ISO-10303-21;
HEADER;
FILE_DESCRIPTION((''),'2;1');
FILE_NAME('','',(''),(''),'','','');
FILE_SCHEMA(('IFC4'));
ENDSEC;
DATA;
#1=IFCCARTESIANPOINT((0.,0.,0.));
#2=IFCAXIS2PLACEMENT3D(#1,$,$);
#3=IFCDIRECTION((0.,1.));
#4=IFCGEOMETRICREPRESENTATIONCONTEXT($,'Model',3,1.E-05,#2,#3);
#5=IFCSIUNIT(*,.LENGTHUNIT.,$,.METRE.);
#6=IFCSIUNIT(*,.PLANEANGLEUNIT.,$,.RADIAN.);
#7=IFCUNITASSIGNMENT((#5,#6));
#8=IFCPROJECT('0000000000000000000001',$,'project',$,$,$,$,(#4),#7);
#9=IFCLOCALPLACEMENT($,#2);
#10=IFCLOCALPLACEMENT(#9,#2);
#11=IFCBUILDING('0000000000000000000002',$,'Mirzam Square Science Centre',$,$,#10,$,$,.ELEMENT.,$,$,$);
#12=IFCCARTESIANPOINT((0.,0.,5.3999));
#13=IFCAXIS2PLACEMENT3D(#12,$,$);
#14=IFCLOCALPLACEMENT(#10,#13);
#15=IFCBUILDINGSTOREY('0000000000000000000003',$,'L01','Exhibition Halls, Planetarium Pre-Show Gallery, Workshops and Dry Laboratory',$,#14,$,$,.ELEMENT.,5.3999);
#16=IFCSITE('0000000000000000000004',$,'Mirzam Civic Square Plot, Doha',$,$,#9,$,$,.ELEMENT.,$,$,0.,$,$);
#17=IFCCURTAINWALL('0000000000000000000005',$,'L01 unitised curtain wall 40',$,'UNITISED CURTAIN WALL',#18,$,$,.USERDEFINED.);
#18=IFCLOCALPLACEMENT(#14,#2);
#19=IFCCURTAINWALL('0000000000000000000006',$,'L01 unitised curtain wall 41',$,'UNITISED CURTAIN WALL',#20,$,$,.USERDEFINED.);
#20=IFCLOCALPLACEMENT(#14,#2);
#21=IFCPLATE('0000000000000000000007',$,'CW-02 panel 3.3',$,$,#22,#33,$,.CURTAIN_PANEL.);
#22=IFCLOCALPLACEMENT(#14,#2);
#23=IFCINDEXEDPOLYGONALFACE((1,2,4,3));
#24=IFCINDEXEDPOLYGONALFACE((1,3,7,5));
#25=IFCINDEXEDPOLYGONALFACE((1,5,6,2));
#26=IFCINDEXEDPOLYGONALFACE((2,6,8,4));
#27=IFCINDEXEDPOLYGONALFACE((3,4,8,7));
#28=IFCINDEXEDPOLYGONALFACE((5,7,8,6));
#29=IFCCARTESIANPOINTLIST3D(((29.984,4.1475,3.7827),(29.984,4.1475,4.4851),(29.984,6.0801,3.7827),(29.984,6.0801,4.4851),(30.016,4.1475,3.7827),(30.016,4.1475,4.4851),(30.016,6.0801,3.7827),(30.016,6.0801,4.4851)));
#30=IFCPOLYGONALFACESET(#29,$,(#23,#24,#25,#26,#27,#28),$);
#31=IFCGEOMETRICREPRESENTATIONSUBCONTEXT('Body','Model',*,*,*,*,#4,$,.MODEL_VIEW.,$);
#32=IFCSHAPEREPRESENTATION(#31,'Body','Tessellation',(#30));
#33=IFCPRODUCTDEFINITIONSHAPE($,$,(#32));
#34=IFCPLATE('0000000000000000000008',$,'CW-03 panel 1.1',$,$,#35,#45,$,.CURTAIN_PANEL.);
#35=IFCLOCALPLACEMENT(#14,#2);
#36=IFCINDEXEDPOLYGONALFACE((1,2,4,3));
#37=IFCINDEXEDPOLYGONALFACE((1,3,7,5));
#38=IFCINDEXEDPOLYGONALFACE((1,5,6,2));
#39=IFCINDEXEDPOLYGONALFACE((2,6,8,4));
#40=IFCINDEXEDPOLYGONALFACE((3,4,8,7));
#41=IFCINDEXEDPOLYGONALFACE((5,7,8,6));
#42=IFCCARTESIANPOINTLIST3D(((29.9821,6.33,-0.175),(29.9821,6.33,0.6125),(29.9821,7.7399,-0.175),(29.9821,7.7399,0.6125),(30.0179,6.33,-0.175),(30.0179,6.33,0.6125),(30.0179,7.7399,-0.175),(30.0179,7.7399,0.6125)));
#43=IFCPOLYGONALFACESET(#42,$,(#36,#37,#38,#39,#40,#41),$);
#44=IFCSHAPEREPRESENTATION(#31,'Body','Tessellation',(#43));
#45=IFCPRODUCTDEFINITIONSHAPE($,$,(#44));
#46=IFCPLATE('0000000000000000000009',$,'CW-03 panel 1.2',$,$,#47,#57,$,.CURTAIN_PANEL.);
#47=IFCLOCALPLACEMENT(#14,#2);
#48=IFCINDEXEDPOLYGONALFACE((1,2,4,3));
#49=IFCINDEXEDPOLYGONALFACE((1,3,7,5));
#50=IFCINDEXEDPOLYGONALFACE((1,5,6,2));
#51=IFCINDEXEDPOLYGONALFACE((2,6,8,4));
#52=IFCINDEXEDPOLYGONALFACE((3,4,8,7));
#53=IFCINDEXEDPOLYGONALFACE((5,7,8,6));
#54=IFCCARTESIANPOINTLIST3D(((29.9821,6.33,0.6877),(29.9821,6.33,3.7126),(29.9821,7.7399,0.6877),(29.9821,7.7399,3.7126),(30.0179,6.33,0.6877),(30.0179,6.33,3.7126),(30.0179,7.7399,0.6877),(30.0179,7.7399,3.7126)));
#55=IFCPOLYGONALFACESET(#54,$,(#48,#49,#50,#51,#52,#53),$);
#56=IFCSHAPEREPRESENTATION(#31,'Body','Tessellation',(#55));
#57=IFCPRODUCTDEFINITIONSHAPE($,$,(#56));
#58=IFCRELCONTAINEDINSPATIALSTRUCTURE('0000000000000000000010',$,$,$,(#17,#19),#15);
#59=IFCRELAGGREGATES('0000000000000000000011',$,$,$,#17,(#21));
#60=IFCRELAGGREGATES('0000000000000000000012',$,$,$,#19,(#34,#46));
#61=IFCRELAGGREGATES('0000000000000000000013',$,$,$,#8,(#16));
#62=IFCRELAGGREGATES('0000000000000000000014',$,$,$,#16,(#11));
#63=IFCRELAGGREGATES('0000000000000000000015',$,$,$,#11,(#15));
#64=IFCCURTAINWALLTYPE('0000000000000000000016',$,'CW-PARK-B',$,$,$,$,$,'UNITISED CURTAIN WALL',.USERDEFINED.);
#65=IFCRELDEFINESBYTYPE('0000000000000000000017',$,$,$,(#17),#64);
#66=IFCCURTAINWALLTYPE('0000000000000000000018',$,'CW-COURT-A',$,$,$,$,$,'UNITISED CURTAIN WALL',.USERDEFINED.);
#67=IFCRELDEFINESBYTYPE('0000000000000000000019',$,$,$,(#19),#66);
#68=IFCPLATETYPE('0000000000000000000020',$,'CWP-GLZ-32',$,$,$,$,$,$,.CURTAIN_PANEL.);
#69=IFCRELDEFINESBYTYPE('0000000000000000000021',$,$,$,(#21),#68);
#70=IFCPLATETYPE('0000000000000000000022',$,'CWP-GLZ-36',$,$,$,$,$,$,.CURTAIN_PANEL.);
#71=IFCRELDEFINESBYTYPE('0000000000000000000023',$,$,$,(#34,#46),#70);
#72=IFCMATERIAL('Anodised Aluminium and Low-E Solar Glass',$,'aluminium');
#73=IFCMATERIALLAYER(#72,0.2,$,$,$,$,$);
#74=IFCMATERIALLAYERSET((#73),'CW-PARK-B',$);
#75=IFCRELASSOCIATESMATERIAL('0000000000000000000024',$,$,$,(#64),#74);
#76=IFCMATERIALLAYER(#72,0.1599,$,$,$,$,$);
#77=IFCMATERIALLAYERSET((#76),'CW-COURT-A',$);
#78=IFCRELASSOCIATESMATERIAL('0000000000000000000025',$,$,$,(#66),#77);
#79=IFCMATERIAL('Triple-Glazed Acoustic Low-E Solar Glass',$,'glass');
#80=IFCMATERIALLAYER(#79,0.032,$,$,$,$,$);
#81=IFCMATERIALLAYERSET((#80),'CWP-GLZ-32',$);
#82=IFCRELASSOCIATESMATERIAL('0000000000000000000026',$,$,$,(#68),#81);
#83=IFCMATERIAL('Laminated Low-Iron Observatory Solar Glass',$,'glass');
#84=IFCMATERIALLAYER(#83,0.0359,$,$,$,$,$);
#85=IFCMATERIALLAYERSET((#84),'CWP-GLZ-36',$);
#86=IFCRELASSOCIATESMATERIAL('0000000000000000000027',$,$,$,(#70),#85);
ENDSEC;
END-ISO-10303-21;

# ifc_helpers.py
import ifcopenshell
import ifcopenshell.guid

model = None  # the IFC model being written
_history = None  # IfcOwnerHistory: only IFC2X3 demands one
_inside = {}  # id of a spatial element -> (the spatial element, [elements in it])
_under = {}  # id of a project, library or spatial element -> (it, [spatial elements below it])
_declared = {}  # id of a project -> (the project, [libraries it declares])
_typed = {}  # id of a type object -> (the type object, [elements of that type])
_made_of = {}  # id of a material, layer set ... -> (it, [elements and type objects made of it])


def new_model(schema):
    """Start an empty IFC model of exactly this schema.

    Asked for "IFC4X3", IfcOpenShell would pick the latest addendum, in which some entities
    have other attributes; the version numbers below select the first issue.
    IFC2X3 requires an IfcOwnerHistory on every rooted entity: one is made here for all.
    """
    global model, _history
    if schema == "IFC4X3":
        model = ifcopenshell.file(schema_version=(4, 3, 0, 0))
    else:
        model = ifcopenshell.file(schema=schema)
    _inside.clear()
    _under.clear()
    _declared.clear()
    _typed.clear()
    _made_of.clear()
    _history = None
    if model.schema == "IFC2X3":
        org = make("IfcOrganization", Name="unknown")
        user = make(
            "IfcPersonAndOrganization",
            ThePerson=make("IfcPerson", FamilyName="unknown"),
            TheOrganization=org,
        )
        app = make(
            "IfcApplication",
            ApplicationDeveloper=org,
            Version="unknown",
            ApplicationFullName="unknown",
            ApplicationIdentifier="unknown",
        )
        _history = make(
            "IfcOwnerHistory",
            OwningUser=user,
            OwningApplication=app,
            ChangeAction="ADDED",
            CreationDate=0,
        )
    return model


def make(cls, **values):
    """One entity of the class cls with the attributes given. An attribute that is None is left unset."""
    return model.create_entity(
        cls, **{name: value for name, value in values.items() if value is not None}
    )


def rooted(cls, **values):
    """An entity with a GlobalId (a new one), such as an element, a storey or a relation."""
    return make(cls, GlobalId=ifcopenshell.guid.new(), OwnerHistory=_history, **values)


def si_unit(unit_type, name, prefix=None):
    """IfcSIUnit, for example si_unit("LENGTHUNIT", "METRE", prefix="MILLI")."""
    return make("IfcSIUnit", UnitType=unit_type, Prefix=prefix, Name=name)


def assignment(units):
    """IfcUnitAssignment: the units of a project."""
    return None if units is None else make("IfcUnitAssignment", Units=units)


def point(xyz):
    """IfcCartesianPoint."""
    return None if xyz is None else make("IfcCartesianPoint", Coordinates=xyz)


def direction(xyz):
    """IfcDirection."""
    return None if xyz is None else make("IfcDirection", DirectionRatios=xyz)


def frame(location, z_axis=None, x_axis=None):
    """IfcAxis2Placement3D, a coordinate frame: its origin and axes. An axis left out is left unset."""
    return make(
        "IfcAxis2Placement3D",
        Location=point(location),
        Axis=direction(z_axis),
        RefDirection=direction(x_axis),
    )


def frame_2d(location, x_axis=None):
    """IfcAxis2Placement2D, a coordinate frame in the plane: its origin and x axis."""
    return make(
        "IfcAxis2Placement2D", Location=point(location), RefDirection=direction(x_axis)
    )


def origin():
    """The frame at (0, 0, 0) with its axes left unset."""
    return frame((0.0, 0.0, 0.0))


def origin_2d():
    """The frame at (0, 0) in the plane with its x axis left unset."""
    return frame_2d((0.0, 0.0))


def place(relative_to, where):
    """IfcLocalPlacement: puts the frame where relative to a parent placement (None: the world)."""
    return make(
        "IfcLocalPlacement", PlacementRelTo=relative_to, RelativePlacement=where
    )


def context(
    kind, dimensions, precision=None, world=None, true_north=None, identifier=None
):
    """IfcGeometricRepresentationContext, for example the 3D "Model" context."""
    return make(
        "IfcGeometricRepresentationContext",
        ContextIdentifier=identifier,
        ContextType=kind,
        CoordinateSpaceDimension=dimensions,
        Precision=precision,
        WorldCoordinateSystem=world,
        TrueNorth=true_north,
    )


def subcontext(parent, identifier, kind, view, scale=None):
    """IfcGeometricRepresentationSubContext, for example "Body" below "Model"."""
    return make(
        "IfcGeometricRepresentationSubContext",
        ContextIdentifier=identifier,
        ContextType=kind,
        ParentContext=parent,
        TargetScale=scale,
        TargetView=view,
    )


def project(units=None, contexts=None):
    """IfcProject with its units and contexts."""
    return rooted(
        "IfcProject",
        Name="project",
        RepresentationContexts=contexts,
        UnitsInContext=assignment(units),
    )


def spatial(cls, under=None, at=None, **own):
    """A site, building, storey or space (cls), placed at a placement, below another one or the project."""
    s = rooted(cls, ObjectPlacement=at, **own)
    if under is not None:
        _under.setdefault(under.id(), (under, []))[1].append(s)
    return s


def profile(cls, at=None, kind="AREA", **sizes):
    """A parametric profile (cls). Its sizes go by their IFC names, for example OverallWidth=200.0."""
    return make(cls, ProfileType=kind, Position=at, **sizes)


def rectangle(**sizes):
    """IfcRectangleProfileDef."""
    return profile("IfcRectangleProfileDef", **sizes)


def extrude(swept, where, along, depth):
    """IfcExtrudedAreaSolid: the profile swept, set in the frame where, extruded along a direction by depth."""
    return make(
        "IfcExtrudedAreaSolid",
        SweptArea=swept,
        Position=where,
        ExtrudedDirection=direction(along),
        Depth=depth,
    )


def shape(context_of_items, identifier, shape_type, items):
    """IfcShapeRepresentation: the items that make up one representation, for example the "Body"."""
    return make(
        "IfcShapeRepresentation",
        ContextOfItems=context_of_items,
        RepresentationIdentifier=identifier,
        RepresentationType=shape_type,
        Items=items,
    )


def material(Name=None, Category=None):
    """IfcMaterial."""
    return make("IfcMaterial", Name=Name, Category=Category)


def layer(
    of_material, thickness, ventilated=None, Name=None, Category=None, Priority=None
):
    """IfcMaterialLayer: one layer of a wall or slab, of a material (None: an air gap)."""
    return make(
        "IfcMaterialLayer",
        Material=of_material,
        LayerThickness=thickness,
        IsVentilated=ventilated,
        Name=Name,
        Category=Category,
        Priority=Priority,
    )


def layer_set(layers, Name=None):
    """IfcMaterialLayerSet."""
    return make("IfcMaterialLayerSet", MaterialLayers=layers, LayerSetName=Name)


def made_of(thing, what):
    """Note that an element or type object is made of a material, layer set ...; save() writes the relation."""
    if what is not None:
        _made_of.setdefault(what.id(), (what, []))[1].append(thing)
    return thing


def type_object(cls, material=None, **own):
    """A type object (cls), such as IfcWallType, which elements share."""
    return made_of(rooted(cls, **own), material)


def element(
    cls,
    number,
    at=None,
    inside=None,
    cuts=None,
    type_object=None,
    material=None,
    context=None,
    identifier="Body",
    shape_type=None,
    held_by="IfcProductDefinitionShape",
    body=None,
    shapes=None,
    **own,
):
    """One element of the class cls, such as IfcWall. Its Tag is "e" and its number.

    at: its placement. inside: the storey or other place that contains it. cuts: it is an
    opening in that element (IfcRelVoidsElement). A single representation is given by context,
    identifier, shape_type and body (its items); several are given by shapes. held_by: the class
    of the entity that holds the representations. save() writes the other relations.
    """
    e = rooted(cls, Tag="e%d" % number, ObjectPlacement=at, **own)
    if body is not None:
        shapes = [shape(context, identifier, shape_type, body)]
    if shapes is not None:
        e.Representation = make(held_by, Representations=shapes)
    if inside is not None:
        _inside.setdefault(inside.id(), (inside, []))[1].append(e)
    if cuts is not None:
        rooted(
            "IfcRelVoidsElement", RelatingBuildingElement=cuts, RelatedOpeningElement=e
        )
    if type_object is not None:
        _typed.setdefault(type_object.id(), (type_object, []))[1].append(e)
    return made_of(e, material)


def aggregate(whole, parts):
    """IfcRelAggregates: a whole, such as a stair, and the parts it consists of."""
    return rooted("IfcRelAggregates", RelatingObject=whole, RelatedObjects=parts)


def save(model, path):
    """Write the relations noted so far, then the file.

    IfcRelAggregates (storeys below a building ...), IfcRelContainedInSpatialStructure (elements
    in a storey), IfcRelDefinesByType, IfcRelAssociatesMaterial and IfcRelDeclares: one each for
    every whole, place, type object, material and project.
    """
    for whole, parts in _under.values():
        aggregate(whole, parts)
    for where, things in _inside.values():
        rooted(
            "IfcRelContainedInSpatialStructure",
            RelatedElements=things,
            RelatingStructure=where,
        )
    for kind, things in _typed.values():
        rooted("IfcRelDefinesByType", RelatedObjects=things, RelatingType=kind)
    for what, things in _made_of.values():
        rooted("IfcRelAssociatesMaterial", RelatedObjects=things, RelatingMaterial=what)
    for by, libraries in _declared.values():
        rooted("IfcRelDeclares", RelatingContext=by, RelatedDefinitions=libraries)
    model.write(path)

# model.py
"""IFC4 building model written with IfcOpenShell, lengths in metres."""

from ifc_helpers import new_model, si_unit, direction, frame, origin, origin_2d, place, context, subcontext, project, spatial, rectangle, extrude, material, layer, layer_set, type_object, element, aggregate, save


model = new_model("IFC4")

# Units and contexts
model_context = context("Model", 3, precision=1e-05, world=origin(), true_north=direction((0.0, 1.0)))
body_context = subcontext(model_context, "Body", "Model", "MODEL_VIEW")
ifc_project = project(units=[si_unit("LENGTHUNIT", "METRE"), si_unit("PLANEANGLEUNIT", "RADIAN")], contexts=[model_context])

# Site, building, storey
site_placement = place(None, origin())
site = spatial("IfcSite", under=ifc_project, at=site_placement, Name="Mirzam Civic Square Plot, Doha", CompositionType="ELEMENT", RefElevation=0.0)
building_placement = place(site_placement, origin())
building = spatial("IfcBuilding", under=site, at=building_placement, Name="Mirzam Square Science Centre", CompositionType="ELEMENT")
storey_placement = place(building_placement, frame((0.0, 0.0, 5.3999)))
storey = spatial("IfcBuildingStorey", under=building, at=storey_placement, Name="L01", Description="Exhibition Halls, Planetarium Pre-Show Gallery, Workshops and Dry Laboratory", CompositionType="ELEMENT", Elevation=5.3999)

# Curtain wall
ifc_material_1 = material(Name="Anodised Aluminium and Low-E Solar Glass", Category="aluminium")
ifc_layer_1 = layer(ifc_material_1, 0.2)
ifc_layer_set_1 = layer_set([ifc_layer_1], Name="CW-PARK-B")
curtain_wall_type_1 = type_object("IfcCurtainWallType", Name="CW-PARK-B", ElementType="UNITISED CURTAIN WALL", PredefinedType="USERDEFINED", material=ifc_layer_set_1)
curtain_wall_1_placement = place(storey_placement, origin())
curtain_wall_1 = element("IfcCurtainWall", 1, at=curtain_wall_1_placement, inside=storey, type_object=curtain_wall_type_1, Name="L01 unitised curtain wall 40", ObjectType="UNITISED CURTAIN WALL", PredefinedType="USERDEFINED")

# Curtain wall
ifc_layer_2 = layer(ifc_material_1, 0.1599)
ifc_layer_set_2 = layer_set([ifc_layer_2], Name="CW-COURT-A")
curtain_wall_type_2 = type_object("IfcCurtainWallType", Name="CW-COURT-A", ElementType="UNITISED CURTAIN WALL", PredefinedType="USERDEFINED", material=ifc_layer_set_2)
curtain_wall_2_placement = place(storey_placement, origin())
curtain_wall_2 = element("IfcCurtainWall", 2, at=curtain_wall_2_placement, inside=storey, type_object=curtain_wall_type_2, Name="L01 unitised curtain wall 41", ObjectType="UNITISED CURTAIN WALL", PredefinedType="USERDEFINED")

# Plates
ifc_material_2 = material(Name="Triple-Glazed Acoustic Low-E Solar Glass", Category="glass")
ifc_layer_3 = layer(ifc_material_2, 0.032)
ifc_layer_set_3 = layer_set([ifc_layer_3], Name="CWP-GLZ-32")
plate_type_1 = type_object("IfcPlateType", Name="CWP-GLZ-32", PredefinedType="CURTAIN_PANEL", material=ifc_layer_set_3)
plate_1_placement = place(storey_placement, frame((30.0, 5.1138, 3.7827), z_axis=(0.0, 0.0, 1.0), x_axis=(0.0, 1.0, 0.0)))
plate_1 = element("IfcPlate", 3, at=plate_1_placement, type_object=plate_type_1, Name="CW-02 panel 3.3", PredefinedType="CURTAIN_PANEL", context=body_context, shape_type="SweptSolid", body=[
    extrude(rectangle(XDim=1.9326, YDim=0.032, at=origin_2d()), origin(), (0.0, 0.0, 1.0), 0.7024),
])
aggregate(curtain_wall_1, [plate_1])
ifc_material_3 = material(Name="Laminated Low-Iron Observatory Solar Glass", Category="glass")
ifc_layer_4 = layer(ifc_material_3, 0.0359)
ifc_layer_set_4 = layer_set([ifc_layer_4], Name="CWP-GLZ-36")
plate_type_2 = type_object("IfcPlateType", Name="CWP-GLZ-36", PredefinedType="CURTAIN_PANEL", material=ifc_layer_set_4)
plate_2_placement = place(storey_placement, frame((30.0, 7.0349, -0.175), z_axis=(0.0, 0.0, 1.0), x_axis=(0.0, 1.0, 0.0)))
plate_2 = element("IfcPlate", 4, at=plate_2_placement, type_object=plate_type_2, Name="CW-03 panel 1.1", PredefinedType="CURTAIN_PANEL", context=body_context, shape_type="SweptSolid", body=[
    extrude(rectangle(XDim=1.4099, YDim=0.0359, at=origin_2d()), origin(), (0.0, 0.0, 1.0), 0.7876),
])
plate_3_placement = place(storey_placement, frame((30.0, 7.0349, 0.6877), z_axis=(0.0, 0.0, 1.0), x_axis=(0.0, 1.0, 0.0)))
plate_3 = element("IfcPlate", 5, at=plate_3_placement, type_object=plate_type_2, Name="CW-03 panel 1.2", PredefinedType="CURTAIN_PANEL", context=body_context, shape_type="SweptSolid", body=[
    extrude(rectangle(XDim=1.4099, YDim=0.0359, at=origin_2d()), origin(), (0.0, 0.0, 1.0), 3.0249),
])
aggregate(curtain_wall_2, [plate_2, plate_3])

save(model, "model.ifc")
